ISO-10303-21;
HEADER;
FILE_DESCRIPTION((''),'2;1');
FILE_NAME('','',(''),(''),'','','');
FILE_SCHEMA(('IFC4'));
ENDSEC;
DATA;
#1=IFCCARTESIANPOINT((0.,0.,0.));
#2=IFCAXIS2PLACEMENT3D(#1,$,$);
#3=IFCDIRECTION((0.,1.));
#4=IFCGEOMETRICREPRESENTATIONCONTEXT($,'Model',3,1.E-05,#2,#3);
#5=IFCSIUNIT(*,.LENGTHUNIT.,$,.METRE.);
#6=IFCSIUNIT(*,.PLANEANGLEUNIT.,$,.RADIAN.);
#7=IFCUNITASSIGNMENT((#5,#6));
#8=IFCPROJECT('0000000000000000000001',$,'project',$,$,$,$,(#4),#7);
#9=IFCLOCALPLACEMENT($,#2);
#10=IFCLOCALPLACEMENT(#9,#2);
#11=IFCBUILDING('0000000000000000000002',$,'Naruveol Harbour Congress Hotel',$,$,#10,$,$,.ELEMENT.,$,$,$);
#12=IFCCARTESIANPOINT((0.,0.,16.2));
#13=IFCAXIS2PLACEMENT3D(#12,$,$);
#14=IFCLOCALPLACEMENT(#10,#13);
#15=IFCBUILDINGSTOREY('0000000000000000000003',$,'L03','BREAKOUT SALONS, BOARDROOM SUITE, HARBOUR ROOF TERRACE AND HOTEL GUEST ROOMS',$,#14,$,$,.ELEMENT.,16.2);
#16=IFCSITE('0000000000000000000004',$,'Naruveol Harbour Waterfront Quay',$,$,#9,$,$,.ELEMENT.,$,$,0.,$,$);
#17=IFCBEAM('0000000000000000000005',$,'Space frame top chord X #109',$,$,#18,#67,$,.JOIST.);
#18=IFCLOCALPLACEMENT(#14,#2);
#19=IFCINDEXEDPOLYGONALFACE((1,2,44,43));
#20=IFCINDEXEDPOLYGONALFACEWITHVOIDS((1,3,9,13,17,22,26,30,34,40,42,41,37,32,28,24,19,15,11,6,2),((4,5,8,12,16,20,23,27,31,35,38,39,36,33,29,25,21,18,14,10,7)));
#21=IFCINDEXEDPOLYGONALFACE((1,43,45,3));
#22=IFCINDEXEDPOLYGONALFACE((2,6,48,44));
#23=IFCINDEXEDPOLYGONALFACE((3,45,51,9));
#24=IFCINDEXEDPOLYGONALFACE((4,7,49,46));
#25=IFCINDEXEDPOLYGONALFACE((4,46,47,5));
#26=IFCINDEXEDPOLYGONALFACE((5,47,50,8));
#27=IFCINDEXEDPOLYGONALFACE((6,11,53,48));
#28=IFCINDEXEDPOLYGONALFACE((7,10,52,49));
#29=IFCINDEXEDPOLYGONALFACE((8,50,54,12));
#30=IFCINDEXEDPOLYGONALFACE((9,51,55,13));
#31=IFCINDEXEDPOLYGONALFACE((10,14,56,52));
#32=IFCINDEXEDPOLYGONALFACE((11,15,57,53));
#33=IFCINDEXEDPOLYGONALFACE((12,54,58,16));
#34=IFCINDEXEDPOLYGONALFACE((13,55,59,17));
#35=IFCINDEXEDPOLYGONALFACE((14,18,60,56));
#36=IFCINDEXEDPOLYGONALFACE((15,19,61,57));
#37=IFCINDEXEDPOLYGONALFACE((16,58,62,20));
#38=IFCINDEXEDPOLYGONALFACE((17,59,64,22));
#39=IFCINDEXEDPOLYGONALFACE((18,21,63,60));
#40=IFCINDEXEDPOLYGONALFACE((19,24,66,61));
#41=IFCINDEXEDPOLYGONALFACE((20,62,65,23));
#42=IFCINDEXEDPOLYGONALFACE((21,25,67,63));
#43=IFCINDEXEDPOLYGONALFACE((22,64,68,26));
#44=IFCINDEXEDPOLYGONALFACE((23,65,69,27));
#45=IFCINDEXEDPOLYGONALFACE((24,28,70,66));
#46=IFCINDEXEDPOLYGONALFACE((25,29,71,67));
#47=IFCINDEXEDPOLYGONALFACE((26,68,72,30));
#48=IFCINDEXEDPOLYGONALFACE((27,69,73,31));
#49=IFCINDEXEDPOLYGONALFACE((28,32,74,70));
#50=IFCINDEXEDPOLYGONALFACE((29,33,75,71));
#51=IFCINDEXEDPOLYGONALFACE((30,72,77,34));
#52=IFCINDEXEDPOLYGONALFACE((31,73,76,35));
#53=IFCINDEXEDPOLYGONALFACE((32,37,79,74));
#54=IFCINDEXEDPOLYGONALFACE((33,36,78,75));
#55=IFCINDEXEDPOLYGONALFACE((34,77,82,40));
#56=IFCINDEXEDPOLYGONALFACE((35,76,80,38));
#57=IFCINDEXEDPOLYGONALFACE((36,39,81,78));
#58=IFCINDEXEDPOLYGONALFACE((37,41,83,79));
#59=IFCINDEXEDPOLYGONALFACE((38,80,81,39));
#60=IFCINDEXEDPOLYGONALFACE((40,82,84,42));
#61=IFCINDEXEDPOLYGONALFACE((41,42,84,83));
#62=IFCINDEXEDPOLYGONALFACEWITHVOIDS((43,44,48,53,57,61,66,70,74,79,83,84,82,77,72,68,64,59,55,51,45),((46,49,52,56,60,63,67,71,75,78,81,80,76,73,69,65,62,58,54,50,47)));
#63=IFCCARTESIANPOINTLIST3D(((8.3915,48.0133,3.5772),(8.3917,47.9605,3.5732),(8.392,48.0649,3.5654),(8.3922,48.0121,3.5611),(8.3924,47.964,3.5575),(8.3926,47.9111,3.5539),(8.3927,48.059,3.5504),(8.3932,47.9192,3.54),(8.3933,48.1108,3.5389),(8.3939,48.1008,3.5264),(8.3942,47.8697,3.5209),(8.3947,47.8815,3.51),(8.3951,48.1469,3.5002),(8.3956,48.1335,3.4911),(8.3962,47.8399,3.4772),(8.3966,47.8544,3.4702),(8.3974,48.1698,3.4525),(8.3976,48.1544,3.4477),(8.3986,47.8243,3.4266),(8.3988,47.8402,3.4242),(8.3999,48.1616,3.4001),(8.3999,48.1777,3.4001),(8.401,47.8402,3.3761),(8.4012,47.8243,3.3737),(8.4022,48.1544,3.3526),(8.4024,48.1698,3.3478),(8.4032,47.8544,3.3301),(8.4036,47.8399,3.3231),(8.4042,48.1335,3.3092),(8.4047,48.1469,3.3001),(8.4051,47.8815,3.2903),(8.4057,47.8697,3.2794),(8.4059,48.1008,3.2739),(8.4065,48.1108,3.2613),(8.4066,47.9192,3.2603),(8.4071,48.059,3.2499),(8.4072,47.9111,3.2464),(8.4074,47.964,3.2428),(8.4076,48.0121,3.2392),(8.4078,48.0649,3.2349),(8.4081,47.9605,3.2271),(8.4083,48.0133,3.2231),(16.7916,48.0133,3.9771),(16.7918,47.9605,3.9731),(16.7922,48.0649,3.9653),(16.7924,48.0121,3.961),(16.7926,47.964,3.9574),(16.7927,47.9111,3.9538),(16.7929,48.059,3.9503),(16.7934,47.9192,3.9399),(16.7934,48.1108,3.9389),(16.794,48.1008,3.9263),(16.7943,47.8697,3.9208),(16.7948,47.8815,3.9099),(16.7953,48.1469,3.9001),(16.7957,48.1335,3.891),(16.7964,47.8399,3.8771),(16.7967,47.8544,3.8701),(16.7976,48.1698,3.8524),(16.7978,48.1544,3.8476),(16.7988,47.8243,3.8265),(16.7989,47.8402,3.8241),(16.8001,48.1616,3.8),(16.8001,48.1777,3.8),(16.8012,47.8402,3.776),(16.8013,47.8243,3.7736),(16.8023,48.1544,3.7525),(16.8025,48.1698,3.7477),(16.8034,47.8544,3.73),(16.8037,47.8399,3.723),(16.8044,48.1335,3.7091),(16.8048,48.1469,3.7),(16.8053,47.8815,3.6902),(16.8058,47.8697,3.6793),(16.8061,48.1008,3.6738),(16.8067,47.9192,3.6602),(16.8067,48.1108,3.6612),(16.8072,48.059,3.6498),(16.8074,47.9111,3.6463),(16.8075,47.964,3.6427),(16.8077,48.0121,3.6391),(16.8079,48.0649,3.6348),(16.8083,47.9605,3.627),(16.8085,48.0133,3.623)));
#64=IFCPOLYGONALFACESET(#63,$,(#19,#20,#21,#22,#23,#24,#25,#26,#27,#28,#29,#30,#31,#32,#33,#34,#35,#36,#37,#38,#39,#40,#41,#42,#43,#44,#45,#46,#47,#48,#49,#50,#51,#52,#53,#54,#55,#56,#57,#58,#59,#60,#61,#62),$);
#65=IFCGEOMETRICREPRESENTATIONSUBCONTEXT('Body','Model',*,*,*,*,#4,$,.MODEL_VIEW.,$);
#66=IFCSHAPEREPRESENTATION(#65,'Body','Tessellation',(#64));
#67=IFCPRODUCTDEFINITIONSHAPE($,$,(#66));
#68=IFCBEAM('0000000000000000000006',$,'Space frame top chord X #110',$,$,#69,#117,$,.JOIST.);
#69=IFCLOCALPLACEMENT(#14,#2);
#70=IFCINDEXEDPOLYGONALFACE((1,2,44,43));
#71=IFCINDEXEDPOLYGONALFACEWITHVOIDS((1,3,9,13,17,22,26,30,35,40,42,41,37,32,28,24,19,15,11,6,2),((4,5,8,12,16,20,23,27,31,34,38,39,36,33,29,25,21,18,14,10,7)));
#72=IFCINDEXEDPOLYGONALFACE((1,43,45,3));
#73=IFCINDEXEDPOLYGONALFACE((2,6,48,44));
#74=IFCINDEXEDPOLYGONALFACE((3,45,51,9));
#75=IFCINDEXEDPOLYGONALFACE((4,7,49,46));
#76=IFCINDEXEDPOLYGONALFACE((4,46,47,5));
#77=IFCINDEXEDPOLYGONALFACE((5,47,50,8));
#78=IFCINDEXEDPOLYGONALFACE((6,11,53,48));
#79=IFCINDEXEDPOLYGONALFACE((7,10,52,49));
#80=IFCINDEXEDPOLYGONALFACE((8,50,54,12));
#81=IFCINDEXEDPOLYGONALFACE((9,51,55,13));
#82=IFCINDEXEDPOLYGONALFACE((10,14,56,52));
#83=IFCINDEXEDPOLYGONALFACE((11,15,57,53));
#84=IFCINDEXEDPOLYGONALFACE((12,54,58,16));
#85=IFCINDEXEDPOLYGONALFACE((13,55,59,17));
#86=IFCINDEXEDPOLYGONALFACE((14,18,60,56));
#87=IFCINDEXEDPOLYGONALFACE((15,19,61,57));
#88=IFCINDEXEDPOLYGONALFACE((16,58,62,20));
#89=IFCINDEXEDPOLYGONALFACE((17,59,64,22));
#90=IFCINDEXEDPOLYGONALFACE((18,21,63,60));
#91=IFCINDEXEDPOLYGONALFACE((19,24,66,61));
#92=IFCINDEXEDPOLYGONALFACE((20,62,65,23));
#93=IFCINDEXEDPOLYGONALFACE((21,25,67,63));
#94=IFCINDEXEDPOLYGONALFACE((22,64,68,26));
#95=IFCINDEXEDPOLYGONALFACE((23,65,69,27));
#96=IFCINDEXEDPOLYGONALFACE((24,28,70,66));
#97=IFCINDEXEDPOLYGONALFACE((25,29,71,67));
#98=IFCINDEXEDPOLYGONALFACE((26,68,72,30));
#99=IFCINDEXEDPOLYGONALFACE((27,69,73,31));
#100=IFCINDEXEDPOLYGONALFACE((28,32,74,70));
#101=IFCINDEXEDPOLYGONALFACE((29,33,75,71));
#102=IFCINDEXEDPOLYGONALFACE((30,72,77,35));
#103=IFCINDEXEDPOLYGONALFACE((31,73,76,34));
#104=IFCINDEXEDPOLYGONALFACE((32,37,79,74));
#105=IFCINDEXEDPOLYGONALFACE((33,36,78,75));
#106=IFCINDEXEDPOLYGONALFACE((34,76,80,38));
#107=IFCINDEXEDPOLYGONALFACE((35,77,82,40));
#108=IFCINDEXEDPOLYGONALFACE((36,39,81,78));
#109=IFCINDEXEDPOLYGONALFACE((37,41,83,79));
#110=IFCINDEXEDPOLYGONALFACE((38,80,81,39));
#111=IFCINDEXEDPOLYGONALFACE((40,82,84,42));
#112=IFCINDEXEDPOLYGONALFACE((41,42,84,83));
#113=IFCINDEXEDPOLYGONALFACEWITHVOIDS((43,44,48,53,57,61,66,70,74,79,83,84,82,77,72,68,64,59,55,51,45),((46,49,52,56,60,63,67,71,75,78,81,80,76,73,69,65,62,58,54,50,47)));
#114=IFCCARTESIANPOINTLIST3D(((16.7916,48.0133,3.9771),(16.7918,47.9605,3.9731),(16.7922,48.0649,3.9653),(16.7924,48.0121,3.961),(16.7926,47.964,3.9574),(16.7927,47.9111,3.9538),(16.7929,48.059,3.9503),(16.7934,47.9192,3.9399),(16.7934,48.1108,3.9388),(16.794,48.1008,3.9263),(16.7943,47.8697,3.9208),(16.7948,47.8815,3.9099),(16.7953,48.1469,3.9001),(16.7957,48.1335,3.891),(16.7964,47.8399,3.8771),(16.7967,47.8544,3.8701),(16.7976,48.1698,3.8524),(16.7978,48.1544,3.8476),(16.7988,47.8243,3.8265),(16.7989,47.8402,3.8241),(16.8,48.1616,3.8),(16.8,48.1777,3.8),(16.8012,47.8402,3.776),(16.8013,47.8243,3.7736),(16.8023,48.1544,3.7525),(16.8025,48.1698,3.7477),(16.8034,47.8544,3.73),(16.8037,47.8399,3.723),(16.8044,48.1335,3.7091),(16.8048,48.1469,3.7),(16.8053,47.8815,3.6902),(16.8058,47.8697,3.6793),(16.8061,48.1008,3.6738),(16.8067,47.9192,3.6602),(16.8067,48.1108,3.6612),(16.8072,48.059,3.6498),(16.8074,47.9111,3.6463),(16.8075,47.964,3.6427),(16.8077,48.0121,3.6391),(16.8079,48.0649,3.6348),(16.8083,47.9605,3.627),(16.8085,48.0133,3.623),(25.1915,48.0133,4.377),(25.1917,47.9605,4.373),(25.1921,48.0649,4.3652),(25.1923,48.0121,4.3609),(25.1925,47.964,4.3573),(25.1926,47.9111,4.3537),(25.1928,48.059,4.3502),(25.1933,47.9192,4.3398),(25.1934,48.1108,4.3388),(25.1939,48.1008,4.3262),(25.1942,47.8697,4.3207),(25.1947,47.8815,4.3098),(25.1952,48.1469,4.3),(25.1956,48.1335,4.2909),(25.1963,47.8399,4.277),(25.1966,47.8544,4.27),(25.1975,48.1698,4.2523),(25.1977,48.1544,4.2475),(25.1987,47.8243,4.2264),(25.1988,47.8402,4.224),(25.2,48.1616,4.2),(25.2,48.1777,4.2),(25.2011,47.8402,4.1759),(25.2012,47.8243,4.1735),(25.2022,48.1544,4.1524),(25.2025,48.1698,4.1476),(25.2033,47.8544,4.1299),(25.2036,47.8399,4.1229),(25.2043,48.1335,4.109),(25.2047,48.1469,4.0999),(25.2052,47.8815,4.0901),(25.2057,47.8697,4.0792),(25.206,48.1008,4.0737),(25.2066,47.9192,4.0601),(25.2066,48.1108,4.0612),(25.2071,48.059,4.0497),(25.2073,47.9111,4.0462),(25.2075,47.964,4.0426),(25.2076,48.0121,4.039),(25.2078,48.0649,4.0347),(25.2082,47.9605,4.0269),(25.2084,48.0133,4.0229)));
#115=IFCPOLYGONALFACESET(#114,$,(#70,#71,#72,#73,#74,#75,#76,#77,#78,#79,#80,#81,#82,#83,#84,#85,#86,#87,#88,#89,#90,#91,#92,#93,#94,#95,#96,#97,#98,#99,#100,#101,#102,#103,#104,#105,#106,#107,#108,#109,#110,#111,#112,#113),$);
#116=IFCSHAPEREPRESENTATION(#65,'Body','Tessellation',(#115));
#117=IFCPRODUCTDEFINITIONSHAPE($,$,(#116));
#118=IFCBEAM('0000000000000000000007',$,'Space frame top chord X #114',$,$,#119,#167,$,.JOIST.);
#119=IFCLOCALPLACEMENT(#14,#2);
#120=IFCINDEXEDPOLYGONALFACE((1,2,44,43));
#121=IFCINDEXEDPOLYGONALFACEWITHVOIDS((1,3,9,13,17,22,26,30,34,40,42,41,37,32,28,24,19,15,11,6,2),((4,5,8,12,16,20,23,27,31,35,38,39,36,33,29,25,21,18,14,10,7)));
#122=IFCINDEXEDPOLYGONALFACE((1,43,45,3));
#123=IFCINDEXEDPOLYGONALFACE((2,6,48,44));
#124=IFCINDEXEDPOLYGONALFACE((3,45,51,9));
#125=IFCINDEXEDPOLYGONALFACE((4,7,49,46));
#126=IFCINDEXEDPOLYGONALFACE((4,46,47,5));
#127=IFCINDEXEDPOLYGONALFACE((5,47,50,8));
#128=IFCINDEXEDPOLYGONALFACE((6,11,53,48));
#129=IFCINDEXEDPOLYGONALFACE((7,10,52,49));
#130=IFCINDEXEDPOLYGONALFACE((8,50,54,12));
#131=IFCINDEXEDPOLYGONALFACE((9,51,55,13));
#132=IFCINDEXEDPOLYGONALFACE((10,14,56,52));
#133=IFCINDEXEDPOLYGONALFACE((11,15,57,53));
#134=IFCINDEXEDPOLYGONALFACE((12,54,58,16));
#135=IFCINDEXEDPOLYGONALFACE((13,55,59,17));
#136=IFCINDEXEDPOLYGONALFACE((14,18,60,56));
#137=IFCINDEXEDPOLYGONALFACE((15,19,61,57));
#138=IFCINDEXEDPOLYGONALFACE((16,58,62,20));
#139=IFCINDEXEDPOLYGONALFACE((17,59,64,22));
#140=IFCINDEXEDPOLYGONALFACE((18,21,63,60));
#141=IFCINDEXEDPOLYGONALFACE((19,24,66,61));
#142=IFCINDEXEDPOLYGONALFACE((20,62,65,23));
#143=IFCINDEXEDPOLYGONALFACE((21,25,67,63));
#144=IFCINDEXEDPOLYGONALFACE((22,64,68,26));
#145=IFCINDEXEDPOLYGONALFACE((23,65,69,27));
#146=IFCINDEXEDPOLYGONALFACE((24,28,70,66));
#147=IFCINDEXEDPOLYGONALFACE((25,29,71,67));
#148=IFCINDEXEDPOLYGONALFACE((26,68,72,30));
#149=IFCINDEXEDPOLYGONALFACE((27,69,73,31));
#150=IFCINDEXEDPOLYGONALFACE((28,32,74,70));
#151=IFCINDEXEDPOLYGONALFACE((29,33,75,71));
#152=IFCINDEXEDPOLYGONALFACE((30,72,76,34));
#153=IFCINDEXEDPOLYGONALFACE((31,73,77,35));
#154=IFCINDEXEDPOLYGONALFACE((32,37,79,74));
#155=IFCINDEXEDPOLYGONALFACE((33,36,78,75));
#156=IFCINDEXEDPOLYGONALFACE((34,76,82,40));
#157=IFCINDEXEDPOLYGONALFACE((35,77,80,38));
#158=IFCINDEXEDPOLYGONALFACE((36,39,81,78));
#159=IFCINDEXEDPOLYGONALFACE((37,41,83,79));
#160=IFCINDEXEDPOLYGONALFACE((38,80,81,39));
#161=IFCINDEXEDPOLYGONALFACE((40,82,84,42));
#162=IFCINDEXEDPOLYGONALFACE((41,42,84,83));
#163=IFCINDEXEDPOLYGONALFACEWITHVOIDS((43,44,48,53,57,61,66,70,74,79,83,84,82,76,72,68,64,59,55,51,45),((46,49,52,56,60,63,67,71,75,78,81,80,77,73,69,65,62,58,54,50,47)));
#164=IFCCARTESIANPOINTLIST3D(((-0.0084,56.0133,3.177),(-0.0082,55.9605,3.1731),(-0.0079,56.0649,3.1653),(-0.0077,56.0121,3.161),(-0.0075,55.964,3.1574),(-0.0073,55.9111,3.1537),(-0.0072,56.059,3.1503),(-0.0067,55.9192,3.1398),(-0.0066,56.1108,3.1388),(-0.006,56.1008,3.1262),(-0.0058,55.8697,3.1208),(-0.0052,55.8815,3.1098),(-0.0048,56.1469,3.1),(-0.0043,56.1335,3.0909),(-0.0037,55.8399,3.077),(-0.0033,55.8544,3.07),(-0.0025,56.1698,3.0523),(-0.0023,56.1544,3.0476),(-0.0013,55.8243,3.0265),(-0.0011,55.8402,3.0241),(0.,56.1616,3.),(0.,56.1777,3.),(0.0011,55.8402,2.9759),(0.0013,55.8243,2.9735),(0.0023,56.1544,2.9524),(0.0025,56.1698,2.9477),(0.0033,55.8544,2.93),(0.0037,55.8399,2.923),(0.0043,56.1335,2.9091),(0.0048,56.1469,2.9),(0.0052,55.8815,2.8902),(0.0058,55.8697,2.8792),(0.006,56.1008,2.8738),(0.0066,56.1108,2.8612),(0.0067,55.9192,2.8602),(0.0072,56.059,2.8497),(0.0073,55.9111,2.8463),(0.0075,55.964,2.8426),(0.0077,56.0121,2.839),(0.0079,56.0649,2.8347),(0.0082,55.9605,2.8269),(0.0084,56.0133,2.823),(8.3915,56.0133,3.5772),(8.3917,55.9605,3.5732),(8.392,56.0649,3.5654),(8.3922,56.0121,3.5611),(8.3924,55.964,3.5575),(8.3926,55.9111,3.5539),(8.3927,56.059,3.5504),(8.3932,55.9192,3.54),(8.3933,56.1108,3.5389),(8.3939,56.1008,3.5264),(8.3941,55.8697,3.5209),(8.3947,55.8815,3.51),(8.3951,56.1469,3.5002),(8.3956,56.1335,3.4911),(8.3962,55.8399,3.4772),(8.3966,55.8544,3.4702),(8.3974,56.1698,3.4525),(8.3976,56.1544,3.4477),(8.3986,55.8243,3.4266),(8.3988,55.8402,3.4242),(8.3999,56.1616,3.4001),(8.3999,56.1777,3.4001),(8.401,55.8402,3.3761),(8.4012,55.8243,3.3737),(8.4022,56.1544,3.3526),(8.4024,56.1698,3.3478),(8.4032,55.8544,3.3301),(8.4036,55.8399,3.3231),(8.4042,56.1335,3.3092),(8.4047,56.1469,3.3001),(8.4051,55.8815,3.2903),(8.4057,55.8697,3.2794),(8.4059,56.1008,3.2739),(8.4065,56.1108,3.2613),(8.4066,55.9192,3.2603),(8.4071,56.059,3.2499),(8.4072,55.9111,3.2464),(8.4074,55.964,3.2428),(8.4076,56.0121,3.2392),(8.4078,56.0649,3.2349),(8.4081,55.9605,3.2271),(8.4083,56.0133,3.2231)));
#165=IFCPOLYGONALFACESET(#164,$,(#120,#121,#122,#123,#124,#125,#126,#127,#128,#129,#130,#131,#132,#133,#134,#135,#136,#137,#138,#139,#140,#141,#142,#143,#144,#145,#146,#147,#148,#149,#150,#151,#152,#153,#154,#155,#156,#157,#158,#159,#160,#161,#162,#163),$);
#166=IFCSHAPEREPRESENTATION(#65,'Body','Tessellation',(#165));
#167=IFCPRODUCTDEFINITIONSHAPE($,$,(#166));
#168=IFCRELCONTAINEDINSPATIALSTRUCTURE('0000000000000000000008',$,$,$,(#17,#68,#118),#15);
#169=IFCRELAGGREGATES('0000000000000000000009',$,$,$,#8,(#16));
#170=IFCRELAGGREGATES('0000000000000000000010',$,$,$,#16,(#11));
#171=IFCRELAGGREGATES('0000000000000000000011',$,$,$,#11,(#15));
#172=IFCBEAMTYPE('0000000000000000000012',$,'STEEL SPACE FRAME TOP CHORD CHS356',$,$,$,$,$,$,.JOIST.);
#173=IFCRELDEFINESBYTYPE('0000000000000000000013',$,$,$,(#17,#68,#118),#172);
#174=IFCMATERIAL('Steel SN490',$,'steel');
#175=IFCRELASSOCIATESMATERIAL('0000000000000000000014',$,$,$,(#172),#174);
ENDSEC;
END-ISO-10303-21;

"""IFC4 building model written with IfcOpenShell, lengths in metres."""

from ifc_helpers import new_model, si_unit, direction, frame, origin, origin_2d, place, context, subcontext, project, spatial, hollow_circle, extrude, material, material_profile, profile_set, type_object, element, save


model = new_model("IFC4")

# Units and contexts
model_context = context("Model", 3, precision=1e-05, world=origin(), true_north=direction((0.0, 1.0)))
body_context = subcontext(model_context, "Body", "Model", "MODEL_VIEW")
ifc_project = project(units=[si_unit("LENGTHUNIT", "METRE"), si_unit("PLANEANGLEUNIT", "RADIAN")], contexts=[model_context])

# Site, building, storey
site_placement = place(None, origin())
site = spatial("IfcSite", under=ifc_project, at=site_placement, Name="Naruveol Harbour Waterfront Quay", CompositionType="ELEMENT", RefElevation=0.0)
building_placement = place(site_placement, origin())
building = spatial("IfcBuilding", under=site, at=building_placement, Name="Naruveol Harbour Congress Hotel", CompositionType="ELEMENT")
storey_placement = place(building_placement, frame((0.0, 0.0, 16.2)))
storey = spatial("IfcBuildingStorey", under=building, at=storey_placement, Name="L03", Description="BREAKOUT SALONS, BOARDROOM SUITE, HARBOUR ROOF TERRACE AND HOTEL GUEST ROOMS", CompositionType="ELEMENT", Elevation=16.2)

# Beams
ifc_material_1 = material(Name="Steel SN490", Category="steel")
ifc_material_profile_1 = material_profile(ifc_material_1, hollow_circle(Radius=0.1777, WallThickness=0.0161, at=origin_2d()), Name="CHS-355.6x16")
ifc_profile_set_1 = profile_set([ifc_material_profile_1], Name="Steel SN490")
beam_type_1 = type_object("IfcBeamType", Name="STEEL SPACE FRAME TOP CHORD CHS356", PredefinedType="JOIST", material=ifc_profile_set_1)
beam_1_placement = place(storey_placement, frame((8.3999, 48.0, 3.4001), z_axis=(0.998869, 0.0, 0.047553), x_axis=(0.0, 1.0, 0.0)))
element("IfcBeam", 1, at=beam_1_placement, inside=storey, type_object=beam_type_1, Name="Space frame top chord X #109", PredefinedType="JOIST", context=body_context, shape_type="SweptSolid", body=[
    extrude(hollow_circle(Radius=0.1777, WallThickness=0.0161, at=origin_2d()), origin(), (0.0, 0.0, 1.0), 8.4097),
])
for number, where, z_axis, x_axis, name in (
    (2, (16.8, 48.0, 3.8), (0.998869, 0.0, 0.047554), (0.0, 1.0, 0.0), "Space frame top chord X #110"),
    (3, (0.0, 56.0, 3.0), (0.998867, 0.0, 0.047583), (0.0, 1.0, 0.0), "Space frame top chord X #114"),
):
    element("IfcBeam", number, at=place(storey_placement, frame(where, z_axis=z_axis, x_axis=x_axis)), inside=storey, type_object=beam_type_1, Name=name, PredefinedType="JOIST", context=body_context, shape_type="SweptSolid", body=[
        extrude(hollow_circle(Radius=0.1777, WallThickness=0.0161, at=origin_2d()), origin(), (0.0, 0.0, 1.0), 8.4094),
    ])

save(model, "model.ifc")
